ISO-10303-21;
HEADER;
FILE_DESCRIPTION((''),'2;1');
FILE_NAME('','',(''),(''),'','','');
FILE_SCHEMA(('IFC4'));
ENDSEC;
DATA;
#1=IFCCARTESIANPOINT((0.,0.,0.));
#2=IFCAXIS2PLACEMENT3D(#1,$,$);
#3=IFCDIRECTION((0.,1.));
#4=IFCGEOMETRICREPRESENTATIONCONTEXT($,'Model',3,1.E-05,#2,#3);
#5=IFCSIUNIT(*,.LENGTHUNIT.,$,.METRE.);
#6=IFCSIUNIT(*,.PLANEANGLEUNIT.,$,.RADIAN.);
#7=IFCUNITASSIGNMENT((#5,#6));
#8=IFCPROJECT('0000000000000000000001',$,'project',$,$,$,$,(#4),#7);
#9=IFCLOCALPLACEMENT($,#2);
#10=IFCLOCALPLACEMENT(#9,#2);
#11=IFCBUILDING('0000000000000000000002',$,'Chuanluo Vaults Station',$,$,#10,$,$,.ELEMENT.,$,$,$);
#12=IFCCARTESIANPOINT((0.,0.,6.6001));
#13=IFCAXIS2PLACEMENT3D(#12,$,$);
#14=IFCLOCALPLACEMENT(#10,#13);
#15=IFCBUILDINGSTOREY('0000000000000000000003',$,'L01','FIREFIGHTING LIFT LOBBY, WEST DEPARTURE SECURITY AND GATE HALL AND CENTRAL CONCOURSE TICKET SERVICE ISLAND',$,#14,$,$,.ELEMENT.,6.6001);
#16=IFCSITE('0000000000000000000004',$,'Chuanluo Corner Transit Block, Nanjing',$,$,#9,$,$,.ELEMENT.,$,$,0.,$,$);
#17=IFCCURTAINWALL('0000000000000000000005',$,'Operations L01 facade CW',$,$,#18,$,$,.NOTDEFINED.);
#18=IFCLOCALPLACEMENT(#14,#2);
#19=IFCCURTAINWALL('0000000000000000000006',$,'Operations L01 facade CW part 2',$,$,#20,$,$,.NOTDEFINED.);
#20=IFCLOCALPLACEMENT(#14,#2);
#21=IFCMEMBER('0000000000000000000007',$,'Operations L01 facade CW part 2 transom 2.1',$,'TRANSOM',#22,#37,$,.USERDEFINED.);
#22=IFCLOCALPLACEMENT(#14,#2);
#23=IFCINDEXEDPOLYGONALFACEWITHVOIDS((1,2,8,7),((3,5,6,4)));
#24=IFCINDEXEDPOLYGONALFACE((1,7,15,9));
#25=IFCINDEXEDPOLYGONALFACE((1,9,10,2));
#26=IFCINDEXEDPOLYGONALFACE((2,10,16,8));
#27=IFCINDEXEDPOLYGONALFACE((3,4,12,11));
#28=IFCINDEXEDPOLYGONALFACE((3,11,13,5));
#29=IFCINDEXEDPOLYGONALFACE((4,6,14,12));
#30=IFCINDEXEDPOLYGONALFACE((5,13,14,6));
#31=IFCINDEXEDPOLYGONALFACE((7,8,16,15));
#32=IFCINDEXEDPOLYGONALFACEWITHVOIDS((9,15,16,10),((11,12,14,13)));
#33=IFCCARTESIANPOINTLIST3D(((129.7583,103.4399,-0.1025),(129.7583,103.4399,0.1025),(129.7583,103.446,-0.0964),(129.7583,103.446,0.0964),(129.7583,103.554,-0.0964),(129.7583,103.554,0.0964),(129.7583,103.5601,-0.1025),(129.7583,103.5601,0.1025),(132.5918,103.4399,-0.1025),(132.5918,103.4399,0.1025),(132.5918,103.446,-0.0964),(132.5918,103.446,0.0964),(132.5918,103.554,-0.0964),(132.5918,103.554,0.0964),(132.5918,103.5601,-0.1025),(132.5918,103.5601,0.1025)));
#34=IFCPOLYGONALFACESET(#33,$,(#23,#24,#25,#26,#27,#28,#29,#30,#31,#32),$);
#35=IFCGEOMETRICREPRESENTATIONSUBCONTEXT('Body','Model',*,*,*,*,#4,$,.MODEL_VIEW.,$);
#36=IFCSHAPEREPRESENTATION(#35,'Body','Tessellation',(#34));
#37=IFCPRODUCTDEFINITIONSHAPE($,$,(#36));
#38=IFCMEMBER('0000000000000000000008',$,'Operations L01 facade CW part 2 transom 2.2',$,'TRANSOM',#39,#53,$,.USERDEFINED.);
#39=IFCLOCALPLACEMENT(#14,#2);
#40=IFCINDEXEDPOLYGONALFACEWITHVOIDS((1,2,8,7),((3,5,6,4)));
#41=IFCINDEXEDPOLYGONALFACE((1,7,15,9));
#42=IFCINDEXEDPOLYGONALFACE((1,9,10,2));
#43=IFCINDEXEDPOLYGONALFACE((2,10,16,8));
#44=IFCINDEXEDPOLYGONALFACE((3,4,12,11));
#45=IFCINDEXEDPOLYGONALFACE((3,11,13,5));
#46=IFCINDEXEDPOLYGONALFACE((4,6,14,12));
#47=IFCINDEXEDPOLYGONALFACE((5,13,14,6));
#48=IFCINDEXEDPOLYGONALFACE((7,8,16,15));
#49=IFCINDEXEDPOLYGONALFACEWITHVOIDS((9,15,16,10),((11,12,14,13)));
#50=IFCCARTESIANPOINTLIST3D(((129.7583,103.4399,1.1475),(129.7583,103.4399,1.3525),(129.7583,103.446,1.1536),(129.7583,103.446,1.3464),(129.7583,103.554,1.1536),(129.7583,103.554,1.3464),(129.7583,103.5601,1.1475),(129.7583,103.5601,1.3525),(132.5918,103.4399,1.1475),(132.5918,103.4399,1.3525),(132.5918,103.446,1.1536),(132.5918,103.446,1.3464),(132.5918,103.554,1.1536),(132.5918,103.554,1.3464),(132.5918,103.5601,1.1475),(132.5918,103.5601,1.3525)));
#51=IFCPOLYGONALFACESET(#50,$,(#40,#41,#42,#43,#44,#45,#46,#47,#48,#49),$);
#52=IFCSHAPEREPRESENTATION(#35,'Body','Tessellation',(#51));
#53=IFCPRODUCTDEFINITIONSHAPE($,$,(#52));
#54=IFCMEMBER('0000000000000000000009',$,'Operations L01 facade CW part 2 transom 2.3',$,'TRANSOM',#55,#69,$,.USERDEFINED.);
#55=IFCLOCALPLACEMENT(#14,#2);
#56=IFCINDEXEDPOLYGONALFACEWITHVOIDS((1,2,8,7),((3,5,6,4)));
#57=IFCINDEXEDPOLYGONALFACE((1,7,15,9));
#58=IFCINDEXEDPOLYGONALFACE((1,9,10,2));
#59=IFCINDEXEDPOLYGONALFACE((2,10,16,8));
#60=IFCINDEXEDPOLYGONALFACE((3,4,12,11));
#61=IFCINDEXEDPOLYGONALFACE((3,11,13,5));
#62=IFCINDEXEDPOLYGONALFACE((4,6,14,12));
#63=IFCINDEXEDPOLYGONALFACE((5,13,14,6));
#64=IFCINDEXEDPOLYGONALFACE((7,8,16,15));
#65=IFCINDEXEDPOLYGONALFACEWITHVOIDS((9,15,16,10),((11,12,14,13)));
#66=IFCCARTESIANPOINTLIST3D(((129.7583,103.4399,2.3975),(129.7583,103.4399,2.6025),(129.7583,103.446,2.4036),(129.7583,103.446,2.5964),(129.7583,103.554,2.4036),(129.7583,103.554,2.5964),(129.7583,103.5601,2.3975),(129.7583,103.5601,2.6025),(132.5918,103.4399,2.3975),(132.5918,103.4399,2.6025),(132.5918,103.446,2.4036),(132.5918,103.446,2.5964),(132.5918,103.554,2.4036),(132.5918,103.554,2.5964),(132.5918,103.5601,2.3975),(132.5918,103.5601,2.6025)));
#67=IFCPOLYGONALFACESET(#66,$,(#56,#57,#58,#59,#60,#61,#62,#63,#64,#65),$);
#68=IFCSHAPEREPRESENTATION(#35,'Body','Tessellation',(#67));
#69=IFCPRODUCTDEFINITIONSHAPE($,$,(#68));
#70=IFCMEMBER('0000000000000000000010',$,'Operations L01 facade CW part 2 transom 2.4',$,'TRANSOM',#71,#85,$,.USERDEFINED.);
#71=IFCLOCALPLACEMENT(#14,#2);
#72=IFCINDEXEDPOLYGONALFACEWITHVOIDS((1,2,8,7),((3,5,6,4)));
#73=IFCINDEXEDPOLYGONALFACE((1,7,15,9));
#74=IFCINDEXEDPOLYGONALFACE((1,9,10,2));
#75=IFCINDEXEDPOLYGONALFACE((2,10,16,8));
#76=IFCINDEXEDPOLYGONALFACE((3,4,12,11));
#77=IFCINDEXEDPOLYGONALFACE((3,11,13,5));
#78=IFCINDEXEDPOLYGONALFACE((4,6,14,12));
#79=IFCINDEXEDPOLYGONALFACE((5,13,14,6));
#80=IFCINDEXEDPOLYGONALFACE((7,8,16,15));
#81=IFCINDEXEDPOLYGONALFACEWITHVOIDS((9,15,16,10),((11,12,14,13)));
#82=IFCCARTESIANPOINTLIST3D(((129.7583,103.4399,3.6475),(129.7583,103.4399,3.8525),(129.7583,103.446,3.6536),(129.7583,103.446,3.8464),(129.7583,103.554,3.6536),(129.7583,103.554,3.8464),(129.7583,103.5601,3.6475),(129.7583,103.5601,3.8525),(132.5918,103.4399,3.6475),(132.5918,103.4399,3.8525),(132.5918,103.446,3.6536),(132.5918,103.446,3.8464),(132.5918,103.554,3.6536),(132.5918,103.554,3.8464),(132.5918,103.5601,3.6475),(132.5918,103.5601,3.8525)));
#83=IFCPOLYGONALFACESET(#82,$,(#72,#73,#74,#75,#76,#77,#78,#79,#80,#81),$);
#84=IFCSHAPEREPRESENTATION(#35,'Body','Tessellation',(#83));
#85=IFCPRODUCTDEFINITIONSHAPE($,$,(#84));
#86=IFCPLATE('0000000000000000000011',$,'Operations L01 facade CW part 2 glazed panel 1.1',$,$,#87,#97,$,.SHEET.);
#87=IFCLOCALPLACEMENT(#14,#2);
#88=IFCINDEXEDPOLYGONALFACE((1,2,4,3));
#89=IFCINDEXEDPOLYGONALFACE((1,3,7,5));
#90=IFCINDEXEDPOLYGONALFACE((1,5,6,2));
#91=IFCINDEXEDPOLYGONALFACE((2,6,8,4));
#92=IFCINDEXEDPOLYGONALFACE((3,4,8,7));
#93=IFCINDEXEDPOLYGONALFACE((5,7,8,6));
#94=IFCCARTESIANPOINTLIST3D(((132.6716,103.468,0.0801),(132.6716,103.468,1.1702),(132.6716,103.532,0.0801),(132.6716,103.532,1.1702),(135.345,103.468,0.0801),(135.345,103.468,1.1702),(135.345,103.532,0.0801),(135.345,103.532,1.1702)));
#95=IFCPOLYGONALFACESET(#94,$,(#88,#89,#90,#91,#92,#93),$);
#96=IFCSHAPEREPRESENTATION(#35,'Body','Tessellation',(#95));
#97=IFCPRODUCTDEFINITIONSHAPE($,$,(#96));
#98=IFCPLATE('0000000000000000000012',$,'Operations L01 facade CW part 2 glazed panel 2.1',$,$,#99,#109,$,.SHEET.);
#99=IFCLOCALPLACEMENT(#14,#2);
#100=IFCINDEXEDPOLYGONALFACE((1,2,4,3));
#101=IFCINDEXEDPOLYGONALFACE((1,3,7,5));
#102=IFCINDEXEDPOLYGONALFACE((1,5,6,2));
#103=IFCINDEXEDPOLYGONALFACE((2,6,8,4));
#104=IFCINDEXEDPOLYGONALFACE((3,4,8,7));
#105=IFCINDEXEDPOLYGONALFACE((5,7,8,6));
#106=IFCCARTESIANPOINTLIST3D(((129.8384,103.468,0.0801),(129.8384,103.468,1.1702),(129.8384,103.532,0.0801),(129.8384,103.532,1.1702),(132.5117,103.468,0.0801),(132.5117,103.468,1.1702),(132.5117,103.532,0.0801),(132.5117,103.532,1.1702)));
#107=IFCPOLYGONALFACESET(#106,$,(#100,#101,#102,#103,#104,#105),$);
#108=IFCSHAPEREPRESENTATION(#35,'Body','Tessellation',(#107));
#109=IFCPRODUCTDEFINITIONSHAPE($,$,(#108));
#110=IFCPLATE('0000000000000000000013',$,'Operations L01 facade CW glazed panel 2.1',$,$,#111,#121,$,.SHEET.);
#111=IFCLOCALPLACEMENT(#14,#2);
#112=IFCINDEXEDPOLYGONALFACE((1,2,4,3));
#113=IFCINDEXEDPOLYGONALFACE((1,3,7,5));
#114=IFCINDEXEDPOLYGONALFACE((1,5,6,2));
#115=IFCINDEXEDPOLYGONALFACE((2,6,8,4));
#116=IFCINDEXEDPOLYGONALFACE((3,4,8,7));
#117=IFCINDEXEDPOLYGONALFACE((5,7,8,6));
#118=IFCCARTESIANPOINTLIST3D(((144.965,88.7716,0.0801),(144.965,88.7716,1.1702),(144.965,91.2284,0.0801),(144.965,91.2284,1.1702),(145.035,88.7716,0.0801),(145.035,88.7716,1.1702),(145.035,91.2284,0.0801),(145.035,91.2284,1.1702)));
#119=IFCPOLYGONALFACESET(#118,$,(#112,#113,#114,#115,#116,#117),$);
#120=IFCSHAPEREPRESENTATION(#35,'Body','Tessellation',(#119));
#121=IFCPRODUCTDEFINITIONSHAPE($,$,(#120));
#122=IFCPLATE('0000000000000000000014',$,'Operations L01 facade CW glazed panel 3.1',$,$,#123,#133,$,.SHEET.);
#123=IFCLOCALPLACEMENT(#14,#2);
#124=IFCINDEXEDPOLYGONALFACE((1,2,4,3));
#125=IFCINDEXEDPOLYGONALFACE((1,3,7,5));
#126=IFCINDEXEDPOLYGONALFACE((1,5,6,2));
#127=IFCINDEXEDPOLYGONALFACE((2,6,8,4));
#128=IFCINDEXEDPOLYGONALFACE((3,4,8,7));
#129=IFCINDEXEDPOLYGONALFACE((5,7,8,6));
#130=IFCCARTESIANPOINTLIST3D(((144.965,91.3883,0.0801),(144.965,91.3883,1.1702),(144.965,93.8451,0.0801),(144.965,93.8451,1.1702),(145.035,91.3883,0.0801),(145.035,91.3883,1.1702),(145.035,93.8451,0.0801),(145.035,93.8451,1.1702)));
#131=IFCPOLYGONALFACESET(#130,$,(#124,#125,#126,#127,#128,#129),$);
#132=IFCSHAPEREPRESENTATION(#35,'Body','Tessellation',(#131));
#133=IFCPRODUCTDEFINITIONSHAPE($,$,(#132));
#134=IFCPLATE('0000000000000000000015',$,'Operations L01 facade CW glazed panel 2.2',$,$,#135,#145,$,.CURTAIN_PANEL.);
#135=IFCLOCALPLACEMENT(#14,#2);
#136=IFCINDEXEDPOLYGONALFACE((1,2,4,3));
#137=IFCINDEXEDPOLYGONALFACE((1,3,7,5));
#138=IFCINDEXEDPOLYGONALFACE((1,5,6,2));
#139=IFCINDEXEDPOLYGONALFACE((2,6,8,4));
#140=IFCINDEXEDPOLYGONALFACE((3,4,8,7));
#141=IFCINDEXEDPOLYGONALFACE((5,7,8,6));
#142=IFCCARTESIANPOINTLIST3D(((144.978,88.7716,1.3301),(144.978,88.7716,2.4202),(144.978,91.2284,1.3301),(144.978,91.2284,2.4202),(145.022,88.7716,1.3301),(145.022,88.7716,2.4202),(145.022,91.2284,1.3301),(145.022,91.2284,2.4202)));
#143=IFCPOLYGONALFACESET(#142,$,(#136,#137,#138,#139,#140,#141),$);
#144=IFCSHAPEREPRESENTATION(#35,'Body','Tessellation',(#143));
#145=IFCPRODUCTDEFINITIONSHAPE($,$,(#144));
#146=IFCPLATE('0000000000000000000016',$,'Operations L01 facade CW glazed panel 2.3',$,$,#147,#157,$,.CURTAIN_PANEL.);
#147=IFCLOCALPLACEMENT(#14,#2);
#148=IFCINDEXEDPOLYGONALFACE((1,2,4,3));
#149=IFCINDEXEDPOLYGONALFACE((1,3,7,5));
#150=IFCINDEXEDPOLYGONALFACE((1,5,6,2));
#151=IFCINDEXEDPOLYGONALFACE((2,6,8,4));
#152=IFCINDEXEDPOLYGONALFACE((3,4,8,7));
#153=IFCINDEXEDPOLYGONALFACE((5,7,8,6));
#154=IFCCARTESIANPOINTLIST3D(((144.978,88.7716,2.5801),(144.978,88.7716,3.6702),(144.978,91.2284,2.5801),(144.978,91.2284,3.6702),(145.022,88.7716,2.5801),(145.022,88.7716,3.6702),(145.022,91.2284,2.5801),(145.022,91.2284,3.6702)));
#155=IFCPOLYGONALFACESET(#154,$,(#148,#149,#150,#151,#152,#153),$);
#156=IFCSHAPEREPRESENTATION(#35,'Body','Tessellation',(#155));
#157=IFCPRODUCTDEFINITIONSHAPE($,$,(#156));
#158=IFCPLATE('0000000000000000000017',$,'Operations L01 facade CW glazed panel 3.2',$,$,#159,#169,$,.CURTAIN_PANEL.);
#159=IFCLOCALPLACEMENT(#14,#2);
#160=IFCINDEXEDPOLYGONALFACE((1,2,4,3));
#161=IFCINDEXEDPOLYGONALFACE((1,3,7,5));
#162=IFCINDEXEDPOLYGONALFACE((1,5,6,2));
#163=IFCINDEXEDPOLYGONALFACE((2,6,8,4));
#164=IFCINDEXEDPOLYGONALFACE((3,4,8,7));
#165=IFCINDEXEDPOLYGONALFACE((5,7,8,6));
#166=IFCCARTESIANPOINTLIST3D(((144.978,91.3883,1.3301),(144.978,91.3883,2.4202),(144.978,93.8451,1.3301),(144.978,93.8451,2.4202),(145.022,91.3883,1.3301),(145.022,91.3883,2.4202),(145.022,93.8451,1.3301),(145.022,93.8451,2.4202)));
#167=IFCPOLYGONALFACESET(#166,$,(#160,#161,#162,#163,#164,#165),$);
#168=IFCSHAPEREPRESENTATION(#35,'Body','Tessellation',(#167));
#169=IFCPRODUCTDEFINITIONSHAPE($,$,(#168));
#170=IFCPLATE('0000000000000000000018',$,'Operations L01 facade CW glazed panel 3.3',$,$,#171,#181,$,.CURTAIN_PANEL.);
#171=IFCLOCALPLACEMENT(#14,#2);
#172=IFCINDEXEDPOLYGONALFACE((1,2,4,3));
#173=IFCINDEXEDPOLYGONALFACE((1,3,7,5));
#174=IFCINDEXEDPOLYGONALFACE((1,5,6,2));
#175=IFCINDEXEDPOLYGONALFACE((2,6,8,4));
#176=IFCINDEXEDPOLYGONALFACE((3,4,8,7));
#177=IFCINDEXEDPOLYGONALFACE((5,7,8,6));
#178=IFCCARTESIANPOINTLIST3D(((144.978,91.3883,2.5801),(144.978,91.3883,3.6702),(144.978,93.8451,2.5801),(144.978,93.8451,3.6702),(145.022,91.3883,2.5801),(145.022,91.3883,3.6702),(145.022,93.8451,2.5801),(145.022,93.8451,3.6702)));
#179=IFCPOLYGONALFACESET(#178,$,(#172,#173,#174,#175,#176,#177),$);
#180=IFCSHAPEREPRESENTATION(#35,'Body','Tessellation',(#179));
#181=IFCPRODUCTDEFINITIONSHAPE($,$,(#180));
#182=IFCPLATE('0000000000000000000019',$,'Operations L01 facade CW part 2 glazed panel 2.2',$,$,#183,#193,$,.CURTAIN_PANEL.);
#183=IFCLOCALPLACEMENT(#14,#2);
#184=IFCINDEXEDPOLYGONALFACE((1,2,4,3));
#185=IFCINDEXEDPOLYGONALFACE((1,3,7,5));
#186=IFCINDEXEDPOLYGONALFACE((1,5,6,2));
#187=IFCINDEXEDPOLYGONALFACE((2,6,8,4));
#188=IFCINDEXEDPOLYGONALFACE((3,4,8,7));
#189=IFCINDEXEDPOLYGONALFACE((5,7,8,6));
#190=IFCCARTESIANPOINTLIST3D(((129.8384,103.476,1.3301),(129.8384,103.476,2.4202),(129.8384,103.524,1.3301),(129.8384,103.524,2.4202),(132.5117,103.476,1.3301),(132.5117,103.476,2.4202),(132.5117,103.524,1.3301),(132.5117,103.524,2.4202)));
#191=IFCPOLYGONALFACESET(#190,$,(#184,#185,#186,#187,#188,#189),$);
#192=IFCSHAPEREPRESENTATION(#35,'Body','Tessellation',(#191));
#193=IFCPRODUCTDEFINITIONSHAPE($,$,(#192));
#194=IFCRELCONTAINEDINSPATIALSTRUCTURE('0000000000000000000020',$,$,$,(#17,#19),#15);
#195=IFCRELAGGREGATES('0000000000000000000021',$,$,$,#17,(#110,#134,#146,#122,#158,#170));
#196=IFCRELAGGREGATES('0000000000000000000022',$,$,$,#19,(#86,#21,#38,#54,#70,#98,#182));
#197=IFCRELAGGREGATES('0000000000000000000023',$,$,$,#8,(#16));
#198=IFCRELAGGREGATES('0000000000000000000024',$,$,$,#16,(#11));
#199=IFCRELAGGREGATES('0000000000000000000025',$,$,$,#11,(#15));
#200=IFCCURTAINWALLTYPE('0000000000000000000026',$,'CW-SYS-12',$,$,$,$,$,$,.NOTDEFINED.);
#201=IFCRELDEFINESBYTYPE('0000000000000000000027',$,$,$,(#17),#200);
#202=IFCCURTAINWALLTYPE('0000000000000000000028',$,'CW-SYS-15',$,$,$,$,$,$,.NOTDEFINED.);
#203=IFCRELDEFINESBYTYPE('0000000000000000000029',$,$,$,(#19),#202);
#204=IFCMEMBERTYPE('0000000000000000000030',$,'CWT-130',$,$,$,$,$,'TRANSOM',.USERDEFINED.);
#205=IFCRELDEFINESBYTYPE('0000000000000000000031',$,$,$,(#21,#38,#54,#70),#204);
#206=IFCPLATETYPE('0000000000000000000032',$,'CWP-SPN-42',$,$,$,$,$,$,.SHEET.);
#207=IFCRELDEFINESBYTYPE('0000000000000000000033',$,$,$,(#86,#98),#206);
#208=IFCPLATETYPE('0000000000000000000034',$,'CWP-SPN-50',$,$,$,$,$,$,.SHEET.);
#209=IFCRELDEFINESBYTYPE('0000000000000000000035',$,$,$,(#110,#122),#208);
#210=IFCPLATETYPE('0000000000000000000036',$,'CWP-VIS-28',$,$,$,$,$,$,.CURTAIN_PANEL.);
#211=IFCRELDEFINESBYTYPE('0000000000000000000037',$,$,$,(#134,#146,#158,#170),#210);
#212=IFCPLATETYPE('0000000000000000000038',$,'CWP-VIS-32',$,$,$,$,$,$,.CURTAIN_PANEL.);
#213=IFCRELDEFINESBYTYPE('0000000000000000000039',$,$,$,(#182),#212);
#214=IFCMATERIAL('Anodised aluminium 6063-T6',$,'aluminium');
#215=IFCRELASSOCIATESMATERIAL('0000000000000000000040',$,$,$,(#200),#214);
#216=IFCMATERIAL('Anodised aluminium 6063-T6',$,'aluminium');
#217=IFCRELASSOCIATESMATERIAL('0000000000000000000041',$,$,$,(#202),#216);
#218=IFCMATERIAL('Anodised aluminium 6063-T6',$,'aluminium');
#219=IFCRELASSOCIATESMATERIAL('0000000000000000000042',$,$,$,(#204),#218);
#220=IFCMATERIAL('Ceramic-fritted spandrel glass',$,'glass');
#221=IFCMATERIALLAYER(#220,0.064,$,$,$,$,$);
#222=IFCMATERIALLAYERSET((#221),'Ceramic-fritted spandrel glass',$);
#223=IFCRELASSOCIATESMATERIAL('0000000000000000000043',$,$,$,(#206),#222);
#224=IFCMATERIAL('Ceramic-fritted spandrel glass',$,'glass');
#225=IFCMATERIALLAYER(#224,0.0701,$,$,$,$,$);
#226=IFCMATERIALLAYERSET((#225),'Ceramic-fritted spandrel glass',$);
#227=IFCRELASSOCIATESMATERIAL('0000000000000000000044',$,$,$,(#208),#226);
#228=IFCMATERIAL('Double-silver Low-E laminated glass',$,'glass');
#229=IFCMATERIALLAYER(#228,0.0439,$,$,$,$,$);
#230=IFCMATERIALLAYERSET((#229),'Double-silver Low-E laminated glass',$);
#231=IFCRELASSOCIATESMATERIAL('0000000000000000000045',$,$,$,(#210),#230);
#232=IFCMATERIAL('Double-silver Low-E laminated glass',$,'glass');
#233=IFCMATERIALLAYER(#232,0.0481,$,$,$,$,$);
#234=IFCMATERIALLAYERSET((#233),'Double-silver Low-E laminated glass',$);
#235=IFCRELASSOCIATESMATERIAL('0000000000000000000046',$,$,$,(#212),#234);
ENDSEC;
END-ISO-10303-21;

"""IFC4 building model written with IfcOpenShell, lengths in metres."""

from ifc_helpers import new_model, si_unit, direction, frame, origin, origin_2d, place, context, subcontext, project, spatial, rectangle, hollow_rectangle, extrude, material, layer, layer_set, material_profile, profile_set, type_object, element, aggregate, save


model = new_model("IFC4")

# Units and contexts
model_context = context("Model", 3, precision=1e-05, world=origin(), true_north=direction((0.0, 1.0)))
body_context = subcontext(model_context, "Body", "Model", "MODEL_VIEW")
ifc_project = project(units=[si_unit("LENGTHUNIT", "METRE"), si_unit("PLANEANGLEUNIT", "RADIAN")], contexts=[model_context])

# Site, building, storey
site_placement = place(None, origin())
site = spatial("IfcSite", under=ifc_project, at=site_placement, Name="Chuanluo Corner Transit Block, Nanjing", CompositionType="ELEMENT", RefElevation=0.0)
building_placement = place(site_placement, origin())
building = spatial("IfcBuilding", under=site, at=building_placement, Name="Chuanluo Vaults Station", CompositionType="ELEMENT")
storey_placement = place(building_placement, frame((0.0, 0.0, 6.6001)))
storey = spatial("IfcBuildingStorey", under=building, at=storey_placement, Name="L01", Description="FIREFIGHTING LIFT LOBBY, WEST DEPARTURE SECURITY AND GATE HALL AND CENTRAL CONCOURSE TICKET SERVICE ISLAND", CompositionType="ELEMENT", Elevation=6.6001)

# Curtain wall
ifc_material_1 = material(Name="Anodised aluminium 6063-T6", Category="aluminium")
curtain_wall_type_1 = type_object("IfcCurtainWallType", Name="CW-SYS-12", PredefinedType="NOTDEFINED", material=ifc_material_1)
curtain_wall_1_placement = place(storey_placement, origin())
curtain_wall_1 = element("IfcCurtainWall", 1, at=curtain_wall_1_placement, inside=storey, type_object=curtain_wall_type_1, Name="Operations L01 facade CW", PredefinedType="NOTDEFINED")

# Curtain wall
ifc_material_2 = material(Name="Anodised aluminium 6063-T6", Category="aluminium")
curtain_wall_type_2 = type_object("IfcCurtainWallType", Name="CW-SYS-15", PredefinedType="NOTDEFINED", material=ifc_material_2)
curtain_wall_2_placement = place(storey_placement, origin())
curtain_wall_2 = element("IfcCurtainWall", 2, at=curtain_wall_2_placement, inside=storey, type_object=curtain_wall_type_2, Name="Operations L01 facade CW part 2", PredefinedType="NOTDEFINED")

# Members
ifc_material_3 = material(Name="Anodised aluminium 6063-T6", Category="aluminium")
ifc_material_profile_1 = material_profile(ifc_material_3, hollow_rectangle(XDim=0.1201, YDim=0.2051, WallThickness=0.0061, at=origin_2d()))
ifc_profile_set_1 = profile_set([ifc_material_profile_1], Name="Anodised aluminium 6063-T6")
member_type_1 = type_object("IfcMemberType", Name="CWT-130", ElementType="TRANSOM", PredefinedType="USERDEFINED", material=ifc_profile_set_1)
member_1_placement = place(storey_placement, frame((132.5918, 103.5, 0.0), z_axis=(-1.0, 0.0, 0.0), x_axis=(0.0, -1.0, 0.0)))
member_1 = element("IfcMember", 3, at=member_1_placement, type_object=member_type_1, Name="Operations L01 facade CW part 2 transom 2.1", ObjectType="TRANSOM", PredefinedType="USERDEFINED", context=body_context, shape_type="SweptSolid", body=[
    extrude(hollow_rectangle(XDim=0.1201, YDim=0.2051, WallThickness=0.0061, at=origin_2d()), origin(), (0.0, 0.0, 1.0), 2.8335),
])
member_2_placement = place(storey_placement, frame((132.5918, 103.5, 1.25), z_axis=(-1.0, 0.0, 0.0), x_axis=(0.0, -1.0, 0.0)))
member_2 = element("IfcMember", 4, at=member_2_placement, type_object=member_type_1, Name="Operations L01 facade CW part 2 transom 2.2", ObjectType="TRANSOM", PredefinedType="USERDEFINED", context=body_context, shape_type="SweptSolid", body=[
    extrude(hollow_rectangle(XDim=0.1201, YDim=0.2051, WallThickness=0.0061, at=origin_2d()), origin(), (0.0, 0.0, 1.0), 2.8335),
])
member_3_placement = place(storey_placement, frame((132.5918, 103.5, 2.5), z_axis=(-1.0, 0.0, 0.0), x_axis=(0.0, -1.0, 0.0)))
member_3 = element("IfcMember", 5, at=member_3_placement, type_object=member_type_1, Name="Operations L01 facade CW part 2 transom 2.3", ObjectType="TRANSOM", PredefinedType="USERDEFINED", context=body_context, shape_type="SweptSolid", body=[
    extrude(hollow_rectangle(XDim=0.1201, YDim=0.2051, WallThickness=0.0061, at=origin_2d()), origin(), (0.0, 0.0, 1.0), 2.8335),
])
member_4_placement = place(storey_placement, frame((132.5918, 103.5, 3.75), z_axis=(-1.0, 0.0, 0.0), x_axis=(0.0, -1.0, 0.0)))
member_4 = element("IfcMember", 6, at=member_4_placement, type_object=member_type_1, Name="Operations L01 facade CW part 2 transom 2.4", ObjectType="TRANSOM", PredefinedType="USERDEFINED", context=body_context, shape_type="SweptSolid", body=[
    extrude(hollow_rectangle(XDim=0.1201, YDim=0.2051, WallThickness=0.0061, at=origin_2d()), origin(), (0.0, 0.0, 1.0), 2.8335),
])

# Plates
ifc_material_4 = material(Name="Ceramic-fritted spandrel glass", Category="glass")
ifc_layer_1 = layer(ifc_material_4, 0.064)
ifc_layer_set_1 = layer_set([ifc_layer_1], Name="Ceramic-fritted spandrel glass")
plate_type_1 = type_object("IfcPlateType", Name="CWP-SPN-42", PredefinedType="SHEET", material=ifc_layer_set_1)
plate_1_placement = place(storey_placement, frame((134.0083, 103.5, 0.0801), z_axis=(0.0, 0.0, 1.0), x_axis=(-1.0, 0.0, 0.0)))
plate_1 = element("IfcPlate", 7, at=plate_1_placement, type_object=plate_type_1, Name="Operations L01 facade CW part 2 glazed panel 1.1", PredefinedType="SHEET", context=body_context, shape_type="SweptSolid", body=[
    extrude(rectangle(XDim=2.6733, YDim=0.064, at=origin_2d()), origin(), (0.0, 0.0, 1.0), 1.0901),
])
plate_2_placement = place(storey_placement, frame((131.175, 103.5, 0.0801), z_axis=(0.0, 0.0, 1.0), x_axis=(-1.0, 0.0, 0.0)))
plate_2 = element("IfcPlate", 8, at=plate_2_placement, type_object=plate_type_1, Name="Operations L01 facade CW part 2 glazed panel 2.1", PredefinedType="SHEET", context=body_context, shape_type="SweptSolid", body=[
    extrude(rectangle(XDim=2.6733, YDim=0.064, at=origin_2d()), origin(), (0.0, 0.0, 1.0), 1.0901),
])
ifc_material_5 = material(Name="Ceramic-fritted spandrel glass", Category="glass")
ifc_layer_2 = layer(ifc_material_5, 0.0701)
ifc_layer_set_2 = layer_set([ifc_layer_2], Name="Ceramic-fritted spandrel glass")
plate_type_2 = type_object("IfcPlateType", Name="CWP-SPN-50", PredefinedType="SHEET", material=ifc_layer_set_2)
plate_3_placement = place(storey_placement, frame((145.0, 90.0, 0.0801), z_axis=(0.0, 0.0, 1.0), x_axis=(0.0, 1.0, 0.0)))
plate_3 = element("IfcPlate", 9, at=plate_3_placement, type_object=plate_type_2, Name="Operations L01 facade CW glazed panel 2.1", PredefinedType="SHEET", context=body_context, shape_type="SweptSolid", body=[
    extrude(rectangle(XDim=2.4568, YDim=0.0701, at=origin_2d()), origin(), (0.0, 0.0, 1.0), 1.0901),
])
plate_4_placement = place(storey_placement, frame((145.0, 92.6167, 0.0801), z_axis=(0.0, 0.0, 1.0), x_axis=(0.0, 1.0, 0.0)))
plate_4 = element("IfcPlate", 10, at=plate_4_placement, type_object=plate_type_2, Name="Operations L01 facade CW glazed panel 3.1", PredefinedType="SHEET", context=body_context, shape_type="SweptSolid", body=[
    extrude(rectangle(XDim=2.4568, YDim=0.0701, at=origin_2d()), origin(), (0.0, 0.0, 1.0), 1.0901),
])
ifc_material_6 = material(Name="Double-silver Low-E laminated glass", Category="glass")
ifc_layer_3 = layer(ifc_material_6, 0.0439)
ifc_layer_set_3 = layer_set([ifc_layer_3], Name="Double-silver Low-E laminated glass")
plate_type_3 = type_object("IfcPlateType", Name="CWP-VIS-28", PredefinedType="CURTAIN_PANEL", material=ifc_layer_set_3)
plate_5_placement = place(storey_placement, frame((145.0, 90.0, 1.3301), z_axis=(0.0, 0.0, 1.0), x_axis=(0.0, 1.0, 0.0)))
plate_5 = element("IfcPlate", 11, at=plate_5_placement, type_object=plate_type_3, Name="Operations L01 facade CW glazed panel 2.2", PredefinedType="CURTAIN_PANEL", context=body_context, shape_type="SweptSolid", body=[
    extrude(rectangle(XDim=2.4568, YDim=0.0439, at=origin_2d()), origin(), (0.0, 0.0, 1.0), 1.0901),
])
plate_6_placement = place(storey_placement, frame((145.0, 90.0, 2.5801), z_axis=(0.0, 0.0, 1.0), x_axis=(0.0, 1.0, 0.0)))
plate_6 = element("IfcPlate", 12, at=plate_6_placement, type_object=plate_type_3, Name="Operations L01 facade CW glazed panel 2.3", PredefinedType="CURTAIN_PANEL", context=body_context, shape_type="SweptSolid", body=[
    extrude(rectangle(XDim=2.4568, YDim=0.0439, at=origin_2d()), origin(), (0.0, 0.0, 1.0), 1.0901),
])
plate_7_placement = place(storey_placement, frame((145.0, 92.6167, 1.3301), z_axis=(0.0, 0.0, 1.0), x_axis=(0.0, 1.0, 0.0)))
plate_7 = element("IfcPlate", 13, at=plate_7_placement, type_object=plate_type_3, Name="Operations L01 facade CW glazed panel 3.2", PredefinedType="CURTAIN_PANEL", context=body_context, shape_type="SweptSolid", body=[
    extrude(rectangle(XDim=2.4568, YDim=0.0439, at=origin_2d()), origin(), (0.0, 0.0, 1.0), 1.0901),
])
plate_8_placement = place(storey_placement, frame((145.0, 92.6167, 2.5801), z_axis=(0.0, 0.0, 1.0), x_axis=(0.0, 1.0, 0.0)))
plate_8 = element("IfcPlate", 14, at=plate_8_placement, type_object=plate_type_3, Name="Operations L01 facade CW glazed panel 3.3", PredefinedType="CURTAIN_PANEL", context=body_context, shape_type="SweptSolid", body=[
    extrude(rectangle(XDim=2.4568, YDim=0.0439, at=origin_2d()), origin(), (0.0, 0.0, 1.0), 1.0901),
])
aggregate(curtain_wall_1, [plate_3, plate_5, plate_6, plate_4, plate_7, plate_8])
ifc_material_7 = material(Name="Double-silver Low-E laminated glass", Category="glass")
ifc_layer_4 = layer(ifc_material_7, 0.0481)
ifc_layer_set_4 = layer_set([ifc_layer_4], Name="Double-silver Low-E laminated glass")
plate_type_4 = type_object("IfcPlateType", Name="CWP-VIS-32", PredefinedType="CURTAIN_PANEL", material=ifc_layer_set_4)
plate_9_placement = place(storey_placement, frame((131.175, 103.5, 1.3301), z_axis=(0.0, 0.0, 1.0), x_axis=(-1.0, 0.0, 0.0)))
plate_9 = element("IfcPlate", 15, at=plate_9_placement, type_object=plate_type_4, Name="Operations L01 facade CW part 2 glazed panel 2.2", PredefinedType="CURTAIN_PANEL", context=body_context, shape_type="SweptSolid", body=[
    extrude(rectangle(XDim=2.6733, YDim=0.0481, at=origin_2d()), origin(), (0.0, 0.0, 1.0), 1.0901),
])
aggregate(curtain_wall_2, [plate_1, member_1, member_2, member_3, member_4, plate_2, plate_9])

save(model, "model.ifc")
